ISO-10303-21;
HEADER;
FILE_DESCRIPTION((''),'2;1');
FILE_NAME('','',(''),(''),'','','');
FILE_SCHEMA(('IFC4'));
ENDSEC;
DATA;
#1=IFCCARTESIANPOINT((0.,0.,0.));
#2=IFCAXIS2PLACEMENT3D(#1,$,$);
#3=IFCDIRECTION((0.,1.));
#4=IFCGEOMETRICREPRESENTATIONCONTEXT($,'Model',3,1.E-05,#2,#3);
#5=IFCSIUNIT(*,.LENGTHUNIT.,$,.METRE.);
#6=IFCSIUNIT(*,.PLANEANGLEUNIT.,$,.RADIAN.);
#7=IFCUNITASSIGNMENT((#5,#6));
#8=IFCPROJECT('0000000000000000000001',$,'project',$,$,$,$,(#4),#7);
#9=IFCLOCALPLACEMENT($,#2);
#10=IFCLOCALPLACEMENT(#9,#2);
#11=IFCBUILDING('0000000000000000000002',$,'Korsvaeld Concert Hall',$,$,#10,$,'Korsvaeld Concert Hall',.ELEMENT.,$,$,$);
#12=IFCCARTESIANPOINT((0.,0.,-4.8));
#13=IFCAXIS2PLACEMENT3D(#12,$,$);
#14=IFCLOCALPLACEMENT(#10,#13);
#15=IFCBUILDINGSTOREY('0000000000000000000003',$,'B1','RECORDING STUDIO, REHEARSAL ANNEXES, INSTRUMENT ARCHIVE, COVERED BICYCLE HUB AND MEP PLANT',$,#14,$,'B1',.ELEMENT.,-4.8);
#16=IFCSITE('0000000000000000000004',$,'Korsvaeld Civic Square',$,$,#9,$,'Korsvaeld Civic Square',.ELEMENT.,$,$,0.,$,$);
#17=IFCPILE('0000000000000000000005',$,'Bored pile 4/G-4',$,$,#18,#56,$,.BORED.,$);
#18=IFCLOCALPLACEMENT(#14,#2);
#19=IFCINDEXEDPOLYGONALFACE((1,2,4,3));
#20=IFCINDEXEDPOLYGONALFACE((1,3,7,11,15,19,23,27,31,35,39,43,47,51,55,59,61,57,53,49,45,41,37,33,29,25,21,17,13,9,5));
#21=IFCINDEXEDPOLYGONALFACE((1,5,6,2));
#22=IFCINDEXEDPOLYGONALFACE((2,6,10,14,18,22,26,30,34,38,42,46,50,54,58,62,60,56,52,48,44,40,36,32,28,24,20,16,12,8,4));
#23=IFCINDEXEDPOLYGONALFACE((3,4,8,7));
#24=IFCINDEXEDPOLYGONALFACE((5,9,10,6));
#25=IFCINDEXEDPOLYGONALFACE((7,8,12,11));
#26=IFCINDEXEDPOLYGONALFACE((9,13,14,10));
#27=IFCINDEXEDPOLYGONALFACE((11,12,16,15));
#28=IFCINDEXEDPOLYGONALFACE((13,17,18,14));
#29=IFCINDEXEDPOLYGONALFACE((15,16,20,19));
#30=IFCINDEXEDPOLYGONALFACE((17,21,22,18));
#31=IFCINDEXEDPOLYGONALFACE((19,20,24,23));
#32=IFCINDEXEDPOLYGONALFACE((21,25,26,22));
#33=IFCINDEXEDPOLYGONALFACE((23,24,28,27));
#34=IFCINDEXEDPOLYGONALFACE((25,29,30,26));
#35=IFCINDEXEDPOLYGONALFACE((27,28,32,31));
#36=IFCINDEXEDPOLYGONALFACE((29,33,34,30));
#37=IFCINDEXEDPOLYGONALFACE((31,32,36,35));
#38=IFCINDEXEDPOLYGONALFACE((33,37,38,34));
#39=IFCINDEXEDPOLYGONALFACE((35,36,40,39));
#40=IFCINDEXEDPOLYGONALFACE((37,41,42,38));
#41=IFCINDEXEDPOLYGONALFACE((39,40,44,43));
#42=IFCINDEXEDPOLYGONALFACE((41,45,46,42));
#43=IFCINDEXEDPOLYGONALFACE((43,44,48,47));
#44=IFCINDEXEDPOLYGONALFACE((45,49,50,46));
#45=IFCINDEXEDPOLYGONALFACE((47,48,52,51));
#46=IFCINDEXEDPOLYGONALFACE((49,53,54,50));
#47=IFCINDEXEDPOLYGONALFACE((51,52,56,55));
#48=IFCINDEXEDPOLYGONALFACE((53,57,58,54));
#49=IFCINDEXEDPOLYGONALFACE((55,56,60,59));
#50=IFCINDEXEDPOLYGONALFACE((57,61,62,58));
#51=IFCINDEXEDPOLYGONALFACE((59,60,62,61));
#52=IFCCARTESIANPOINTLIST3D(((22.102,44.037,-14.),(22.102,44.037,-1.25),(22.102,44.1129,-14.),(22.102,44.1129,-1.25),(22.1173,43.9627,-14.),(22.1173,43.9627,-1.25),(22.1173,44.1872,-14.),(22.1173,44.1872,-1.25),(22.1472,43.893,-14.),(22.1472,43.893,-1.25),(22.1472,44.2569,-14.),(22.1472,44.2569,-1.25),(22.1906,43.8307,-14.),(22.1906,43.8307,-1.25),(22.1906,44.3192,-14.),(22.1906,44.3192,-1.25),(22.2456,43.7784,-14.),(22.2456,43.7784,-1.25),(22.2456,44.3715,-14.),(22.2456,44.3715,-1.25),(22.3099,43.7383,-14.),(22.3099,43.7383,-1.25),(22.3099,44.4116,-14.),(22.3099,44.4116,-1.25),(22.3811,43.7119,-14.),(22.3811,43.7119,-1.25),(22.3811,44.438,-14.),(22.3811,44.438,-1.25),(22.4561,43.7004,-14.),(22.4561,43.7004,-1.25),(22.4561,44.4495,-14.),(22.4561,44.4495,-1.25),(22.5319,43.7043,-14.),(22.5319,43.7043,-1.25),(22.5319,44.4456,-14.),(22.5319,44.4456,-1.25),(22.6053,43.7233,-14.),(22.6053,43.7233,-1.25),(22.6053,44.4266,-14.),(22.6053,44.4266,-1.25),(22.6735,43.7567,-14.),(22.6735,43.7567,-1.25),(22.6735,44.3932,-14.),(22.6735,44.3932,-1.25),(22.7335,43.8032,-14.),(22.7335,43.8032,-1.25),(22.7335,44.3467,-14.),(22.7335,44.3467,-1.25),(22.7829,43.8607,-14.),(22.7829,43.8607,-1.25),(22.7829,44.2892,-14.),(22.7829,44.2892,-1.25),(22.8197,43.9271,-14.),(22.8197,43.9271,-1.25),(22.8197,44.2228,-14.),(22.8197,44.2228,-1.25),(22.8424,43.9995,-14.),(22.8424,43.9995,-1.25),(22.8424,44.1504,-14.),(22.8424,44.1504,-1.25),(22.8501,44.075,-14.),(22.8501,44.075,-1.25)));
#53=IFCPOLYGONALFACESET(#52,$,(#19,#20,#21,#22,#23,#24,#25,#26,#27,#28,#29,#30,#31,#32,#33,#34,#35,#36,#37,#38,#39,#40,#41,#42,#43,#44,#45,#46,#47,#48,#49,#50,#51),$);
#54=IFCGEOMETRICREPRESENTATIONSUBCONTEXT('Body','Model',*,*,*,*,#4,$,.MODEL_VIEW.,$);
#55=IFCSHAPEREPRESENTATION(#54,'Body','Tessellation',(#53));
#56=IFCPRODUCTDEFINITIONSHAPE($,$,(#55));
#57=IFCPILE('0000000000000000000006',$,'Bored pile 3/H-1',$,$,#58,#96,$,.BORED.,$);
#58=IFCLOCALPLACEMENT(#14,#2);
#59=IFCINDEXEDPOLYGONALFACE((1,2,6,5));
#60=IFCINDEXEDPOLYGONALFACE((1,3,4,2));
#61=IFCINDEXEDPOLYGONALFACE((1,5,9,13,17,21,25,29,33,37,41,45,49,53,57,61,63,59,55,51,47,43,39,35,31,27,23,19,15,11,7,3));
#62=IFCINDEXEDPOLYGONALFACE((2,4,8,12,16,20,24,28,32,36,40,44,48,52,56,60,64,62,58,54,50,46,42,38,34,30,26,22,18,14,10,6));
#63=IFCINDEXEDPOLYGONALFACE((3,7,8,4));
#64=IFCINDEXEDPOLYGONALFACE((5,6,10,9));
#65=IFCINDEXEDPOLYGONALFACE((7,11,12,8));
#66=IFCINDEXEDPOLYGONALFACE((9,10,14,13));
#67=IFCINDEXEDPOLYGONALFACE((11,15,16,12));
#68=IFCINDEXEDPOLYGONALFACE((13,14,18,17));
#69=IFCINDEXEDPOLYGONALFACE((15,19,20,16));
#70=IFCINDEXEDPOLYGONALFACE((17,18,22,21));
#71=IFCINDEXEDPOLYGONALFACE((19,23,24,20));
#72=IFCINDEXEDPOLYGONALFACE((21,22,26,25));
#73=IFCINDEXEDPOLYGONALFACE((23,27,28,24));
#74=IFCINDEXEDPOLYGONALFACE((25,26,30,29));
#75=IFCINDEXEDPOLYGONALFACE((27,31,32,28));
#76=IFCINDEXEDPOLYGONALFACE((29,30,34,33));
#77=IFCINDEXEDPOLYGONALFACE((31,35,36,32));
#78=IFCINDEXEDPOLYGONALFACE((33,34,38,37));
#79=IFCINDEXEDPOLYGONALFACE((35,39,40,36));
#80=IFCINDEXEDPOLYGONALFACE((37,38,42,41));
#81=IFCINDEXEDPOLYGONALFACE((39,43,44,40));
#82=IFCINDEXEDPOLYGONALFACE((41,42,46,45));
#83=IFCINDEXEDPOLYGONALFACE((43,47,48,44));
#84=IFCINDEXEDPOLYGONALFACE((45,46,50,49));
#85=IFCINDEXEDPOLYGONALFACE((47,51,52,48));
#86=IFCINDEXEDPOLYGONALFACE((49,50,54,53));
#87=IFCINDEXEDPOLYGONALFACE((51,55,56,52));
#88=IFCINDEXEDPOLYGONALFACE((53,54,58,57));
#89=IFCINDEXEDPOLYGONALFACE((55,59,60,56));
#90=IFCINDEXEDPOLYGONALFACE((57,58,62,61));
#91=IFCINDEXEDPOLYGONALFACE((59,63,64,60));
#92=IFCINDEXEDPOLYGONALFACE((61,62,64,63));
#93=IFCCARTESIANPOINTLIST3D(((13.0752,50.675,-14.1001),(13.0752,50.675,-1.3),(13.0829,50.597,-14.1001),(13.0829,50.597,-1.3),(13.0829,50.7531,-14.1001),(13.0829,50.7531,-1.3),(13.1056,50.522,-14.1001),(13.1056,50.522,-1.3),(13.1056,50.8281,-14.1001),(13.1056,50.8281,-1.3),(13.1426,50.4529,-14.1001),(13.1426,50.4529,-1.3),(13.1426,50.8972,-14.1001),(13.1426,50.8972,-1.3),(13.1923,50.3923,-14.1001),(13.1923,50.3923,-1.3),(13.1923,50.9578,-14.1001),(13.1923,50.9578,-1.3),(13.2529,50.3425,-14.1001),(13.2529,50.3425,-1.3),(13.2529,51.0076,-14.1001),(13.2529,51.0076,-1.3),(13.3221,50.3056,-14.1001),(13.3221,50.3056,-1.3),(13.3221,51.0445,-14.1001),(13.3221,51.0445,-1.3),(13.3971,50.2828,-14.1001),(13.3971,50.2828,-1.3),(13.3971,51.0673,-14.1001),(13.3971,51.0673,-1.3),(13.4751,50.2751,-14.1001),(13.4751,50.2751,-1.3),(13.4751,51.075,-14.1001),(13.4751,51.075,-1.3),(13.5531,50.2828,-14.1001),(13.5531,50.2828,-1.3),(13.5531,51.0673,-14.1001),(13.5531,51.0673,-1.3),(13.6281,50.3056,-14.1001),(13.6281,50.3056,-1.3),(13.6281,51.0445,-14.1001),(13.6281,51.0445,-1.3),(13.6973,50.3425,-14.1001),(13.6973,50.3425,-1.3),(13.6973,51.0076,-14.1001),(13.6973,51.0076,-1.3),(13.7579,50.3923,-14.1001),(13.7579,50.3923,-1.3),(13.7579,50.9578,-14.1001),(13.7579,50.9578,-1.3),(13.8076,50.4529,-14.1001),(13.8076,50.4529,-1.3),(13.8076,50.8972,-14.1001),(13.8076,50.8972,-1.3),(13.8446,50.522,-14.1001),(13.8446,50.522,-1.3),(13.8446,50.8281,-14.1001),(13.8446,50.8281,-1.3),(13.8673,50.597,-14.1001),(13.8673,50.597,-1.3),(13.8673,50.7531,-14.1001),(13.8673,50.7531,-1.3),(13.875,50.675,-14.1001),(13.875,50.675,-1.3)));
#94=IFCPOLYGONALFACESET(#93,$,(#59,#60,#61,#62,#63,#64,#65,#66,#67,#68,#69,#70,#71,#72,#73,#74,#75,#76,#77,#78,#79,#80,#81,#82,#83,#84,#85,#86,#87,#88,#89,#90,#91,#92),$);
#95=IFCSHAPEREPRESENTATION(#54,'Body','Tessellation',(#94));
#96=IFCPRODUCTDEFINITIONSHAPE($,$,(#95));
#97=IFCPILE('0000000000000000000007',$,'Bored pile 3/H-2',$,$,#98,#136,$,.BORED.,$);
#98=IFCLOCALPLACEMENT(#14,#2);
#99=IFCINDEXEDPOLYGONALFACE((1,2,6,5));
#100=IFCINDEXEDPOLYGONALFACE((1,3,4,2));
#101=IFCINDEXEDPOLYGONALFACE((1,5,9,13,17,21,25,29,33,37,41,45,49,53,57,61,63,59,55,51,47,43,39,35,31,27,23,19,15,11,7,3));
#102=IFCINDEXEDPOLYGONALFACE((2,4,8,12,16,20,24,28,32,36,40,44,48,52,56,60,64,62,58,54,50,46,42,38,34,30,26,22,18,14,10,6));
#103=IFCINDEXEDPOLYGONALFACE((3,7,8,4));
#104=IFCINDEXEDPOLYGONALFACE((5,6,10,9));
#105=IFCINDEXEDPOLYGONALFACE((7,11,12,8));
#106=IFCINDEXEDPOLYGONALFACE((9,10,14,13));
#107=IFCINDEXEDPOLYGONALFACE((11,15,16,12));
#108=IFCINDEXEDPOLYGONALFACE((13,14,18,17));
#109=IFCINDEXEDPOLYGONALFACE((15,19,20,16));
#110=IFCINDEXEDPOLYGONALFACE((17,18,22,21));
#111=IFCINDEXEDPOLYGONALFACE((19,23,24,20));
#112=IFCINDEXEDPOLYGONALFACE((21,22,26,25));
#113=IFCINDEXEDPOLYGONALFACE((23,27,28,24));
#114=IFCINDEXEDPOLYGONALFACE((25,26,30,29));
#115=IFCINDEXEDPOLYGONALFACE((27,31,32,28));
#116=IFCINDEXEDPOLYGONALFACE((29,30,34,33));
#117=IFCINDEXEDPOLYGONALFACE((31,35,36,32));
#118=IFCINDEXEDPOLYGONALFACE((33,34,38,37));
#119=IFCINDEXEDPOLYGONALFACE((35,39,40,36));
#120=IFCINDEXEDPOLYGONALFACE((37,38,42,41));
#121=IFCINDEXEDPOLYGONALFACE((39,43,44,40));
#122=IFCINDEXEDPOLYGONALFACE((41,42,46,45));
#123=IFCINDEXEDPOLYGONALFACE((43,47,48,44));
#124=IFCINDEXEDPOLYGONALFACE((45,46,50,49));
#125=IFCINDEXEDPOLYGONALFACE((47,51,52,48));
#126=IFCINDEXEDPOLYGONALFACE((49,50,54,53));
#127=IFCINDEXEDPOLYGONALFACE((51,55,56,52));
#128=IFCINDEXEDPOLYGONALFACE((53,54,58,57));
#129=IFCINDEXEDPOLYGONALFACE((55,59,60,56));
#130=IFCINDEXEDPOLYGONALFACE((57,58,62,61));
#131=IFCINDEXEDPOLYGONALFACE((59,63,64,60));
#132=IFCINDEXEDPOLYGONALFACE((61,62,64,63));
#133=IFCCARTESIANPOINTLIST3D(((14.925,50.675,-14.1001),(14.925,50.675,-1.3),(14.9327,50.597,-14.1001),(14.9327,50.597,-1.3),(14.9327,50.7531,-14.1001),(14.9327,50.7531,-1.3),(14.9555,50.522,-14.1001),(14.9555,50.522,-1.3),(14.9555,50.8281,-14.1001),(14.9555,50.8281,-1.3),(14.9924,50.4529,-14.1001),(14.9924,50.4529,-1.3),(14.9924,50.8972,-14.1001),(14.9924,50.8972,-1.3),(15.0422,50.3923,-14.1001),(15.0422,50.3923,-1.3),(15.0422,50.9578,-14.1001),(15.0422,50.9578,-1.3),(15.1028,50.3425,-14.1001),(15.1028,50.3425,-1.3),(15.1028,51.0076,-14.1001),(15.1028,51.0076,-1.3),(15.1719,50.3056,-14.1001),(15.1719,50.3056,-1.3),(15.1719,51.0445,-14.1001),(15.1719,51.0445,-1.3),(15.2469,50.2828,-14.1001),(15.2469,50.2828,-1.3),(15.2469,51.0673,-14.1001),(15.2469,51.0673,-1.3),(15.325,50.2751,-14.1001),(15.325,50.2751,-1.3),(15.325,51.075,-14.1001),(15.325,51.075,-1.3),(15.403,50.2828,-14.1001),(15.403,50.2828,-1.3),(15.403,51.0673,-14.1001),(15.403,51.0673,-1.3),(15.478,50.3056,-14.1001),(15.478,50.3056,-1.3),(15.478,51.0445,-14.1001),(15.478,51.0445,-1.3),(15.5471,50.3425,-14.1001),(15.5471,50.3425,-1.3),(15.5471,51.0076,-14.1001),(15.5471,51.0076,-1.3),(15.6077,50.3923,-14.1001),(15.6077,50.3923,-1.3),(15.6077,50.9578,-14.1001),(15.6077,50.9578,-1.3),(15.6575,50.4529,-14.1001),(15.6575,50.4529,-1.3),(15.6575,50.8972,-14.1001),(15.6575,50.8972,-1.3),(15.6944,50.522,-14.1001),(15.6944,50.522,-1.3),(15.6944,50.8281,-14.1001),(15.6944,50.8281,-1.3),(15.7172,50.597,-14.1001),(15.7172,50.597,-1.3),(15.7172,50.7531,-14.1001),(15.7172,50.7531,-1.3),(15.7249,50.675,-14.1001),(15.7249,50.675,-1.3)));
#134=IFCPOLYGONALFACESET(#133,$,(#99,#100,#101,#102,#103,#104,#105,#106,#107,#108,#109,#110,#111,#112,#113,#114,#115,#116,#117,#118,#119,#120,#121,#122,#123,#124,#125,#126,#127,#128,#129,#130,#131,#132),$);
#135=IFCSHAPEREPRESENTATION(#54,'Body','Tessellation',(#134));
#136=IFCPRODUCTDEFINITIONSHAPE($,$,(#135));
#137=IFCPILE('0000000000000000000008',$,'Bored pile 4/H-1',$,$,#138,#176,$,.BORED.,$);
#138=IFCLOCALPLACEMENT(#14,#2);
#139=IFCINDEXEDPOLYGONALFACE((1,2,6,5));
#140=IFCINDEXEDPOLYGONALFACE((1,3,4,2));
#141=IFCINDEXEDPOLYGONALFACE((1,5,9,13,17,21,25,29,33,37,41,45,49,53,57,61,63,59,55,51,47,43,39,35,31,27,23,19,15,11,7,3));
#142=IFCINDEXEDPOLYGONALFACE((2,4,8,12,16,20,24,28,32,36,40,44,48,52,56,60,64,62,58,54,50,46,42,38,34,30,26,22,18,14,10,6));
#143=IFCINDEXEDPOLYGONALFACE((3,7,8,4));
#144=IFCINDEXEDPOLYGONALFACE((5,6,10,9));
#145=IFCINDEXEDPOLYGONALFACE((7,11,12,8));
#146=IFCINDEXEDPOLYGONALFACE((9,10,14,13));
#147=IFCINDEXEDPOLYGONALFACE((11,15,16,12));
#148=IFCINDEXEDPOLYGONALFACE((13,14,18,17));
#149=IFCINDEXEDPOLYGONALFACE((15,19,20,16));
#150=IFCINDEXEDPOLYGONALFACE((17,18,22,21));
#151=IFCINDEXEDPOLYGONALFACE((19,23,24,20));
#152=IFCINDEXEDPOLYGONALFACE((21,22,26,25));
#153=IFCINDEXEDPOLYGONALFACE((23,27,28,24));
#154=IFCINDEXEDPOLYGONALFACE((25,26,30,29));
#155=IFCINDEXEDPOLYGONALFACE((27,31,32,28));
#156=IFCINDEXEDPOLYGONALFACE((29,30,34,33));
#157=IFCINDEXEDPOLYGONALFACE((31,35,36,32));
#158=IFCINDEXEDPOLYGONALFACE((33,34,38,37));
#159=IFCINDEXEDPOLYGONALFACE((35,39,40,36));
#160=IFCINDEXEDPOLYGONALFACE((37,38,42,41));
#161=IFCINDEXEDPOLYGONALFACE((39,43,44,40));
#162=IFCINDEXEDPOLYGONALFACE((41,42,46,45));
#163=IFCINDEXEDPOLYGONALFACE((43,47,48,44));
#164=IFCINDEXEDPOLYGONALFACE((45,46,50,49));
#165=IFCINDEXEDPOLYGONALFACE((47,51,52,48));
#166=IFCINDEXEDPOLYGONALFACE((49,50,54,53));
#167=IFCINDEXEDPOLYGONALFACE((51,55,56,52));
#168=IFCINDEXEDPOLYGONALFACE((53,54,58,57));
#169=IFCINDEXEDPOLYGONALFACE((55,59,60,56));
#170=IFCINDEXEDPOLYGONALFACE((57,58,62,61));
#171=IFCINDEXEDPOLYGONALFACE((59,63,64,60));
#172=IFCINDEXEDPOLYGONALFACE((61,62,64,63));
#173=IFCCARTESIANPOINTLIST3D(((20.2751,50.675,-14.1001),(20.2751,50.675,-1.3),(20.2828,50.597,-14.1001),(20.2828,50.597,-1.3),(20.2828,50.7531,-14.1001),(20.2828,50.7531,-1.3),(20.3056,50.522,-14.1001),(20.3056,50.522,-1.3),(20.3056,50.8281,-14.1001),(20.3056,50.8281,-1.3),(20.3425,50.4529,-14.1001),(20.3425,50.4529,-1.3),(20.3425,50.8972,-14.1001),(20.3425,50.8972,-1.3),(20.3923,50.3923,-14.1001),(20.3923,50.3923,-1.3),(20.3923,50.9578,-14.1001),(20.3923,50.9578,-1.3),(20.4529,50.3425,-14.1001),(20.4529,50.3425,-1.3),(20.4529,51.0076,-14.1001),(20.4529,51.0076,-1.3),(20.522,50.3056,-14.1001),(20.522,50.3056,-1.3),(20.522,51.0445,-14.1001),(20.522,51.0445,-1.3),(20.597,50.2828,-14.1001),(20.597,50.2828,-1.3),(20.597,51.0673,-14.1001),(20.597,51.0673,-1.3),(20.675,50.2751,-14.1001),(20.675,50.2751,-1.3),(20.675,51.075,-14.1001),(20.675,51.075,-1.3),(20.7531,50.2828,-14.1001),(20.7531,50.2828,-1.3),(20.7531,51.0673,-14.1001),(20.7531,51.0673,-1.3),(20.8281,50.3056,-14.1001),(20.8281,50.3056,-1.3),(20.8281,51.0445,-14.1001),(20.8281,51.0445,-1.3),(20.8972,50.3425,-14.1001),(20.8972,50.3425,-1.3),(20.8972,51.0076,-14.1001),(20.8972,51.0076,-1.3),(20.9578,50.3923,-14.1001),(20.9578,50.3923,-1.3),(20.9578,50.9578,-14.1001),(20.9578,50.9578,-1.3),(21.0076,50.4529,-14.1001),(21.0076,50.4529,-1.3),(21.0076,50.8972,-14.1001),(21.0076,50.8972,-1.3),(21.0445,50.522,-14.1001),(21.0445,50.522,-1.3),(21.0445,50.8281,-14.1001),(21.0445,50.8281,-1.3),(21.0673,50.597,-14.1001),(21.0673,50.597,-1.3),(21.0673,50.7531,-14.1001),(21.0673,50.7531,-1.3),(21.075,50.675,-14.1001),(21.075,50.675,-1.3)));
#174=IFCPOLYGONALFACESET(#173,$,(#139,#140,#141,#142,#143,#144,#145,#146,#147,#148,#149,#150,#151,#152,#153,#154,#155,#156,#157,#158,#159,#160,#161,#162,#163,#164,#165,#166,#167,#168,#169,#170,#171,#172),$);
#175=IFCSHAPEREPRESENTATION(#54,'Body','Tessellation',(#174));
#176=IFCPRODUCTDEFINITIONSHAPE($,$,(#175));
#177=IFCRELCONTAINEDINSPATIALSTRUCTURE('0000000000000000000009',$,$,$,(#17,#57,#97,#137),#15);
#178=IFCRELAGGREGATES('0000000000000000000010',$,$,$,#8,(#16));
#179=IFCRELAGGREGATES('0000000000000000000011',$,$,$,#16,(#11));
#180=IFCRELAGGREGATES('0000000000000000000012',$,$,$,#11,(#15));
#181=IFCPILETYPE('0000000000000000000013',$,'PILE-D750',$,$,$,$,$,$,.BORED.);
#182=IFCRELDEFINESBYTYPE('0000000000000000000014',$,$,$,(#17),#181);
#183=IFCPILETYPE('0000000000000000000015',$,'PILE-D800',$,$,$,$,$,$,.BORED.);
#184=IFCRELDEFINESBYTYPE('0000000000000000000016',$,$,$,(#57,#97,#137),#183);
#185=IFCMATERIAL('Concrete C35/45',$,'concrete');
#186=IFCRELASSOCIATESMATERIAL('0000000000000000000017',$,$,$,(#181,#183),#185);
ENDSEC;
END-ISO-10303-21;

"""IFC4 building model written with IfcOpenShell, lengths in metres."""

from ifc_helpers import new_model, si_unit, direction, frame, origin, origin_2d, place, context, subcontext, project, spatial, circle, extrude, material, material_profile, profile_set, type_object, element, save


model = new_model("IFC4")

# Units and contexts
model_context = context("Model", 3, precision=1e-05, world=origin(), true_north=direction((0.0, 1.0)))
body_context = subcontext(model_context, "Body", "Model", "MODEL_VIEW")
ifc_project = project(units=[si_unit("LENGTHUNIT", "METRE"), si_unit("PLANEANGLEUNIT", "RADIAN")], contexts=[model_context])

# Site, building, storey
site_placement = place(None, origin())
site = spatial("IfcSite", under=ifc_project, at=site_placement, Name="Korsvaeld Civic Square", LongName="Korsvaeld Civic Square", CompositionType="ELEMENT", RefElevation=0.0)
building_placement = place(site_placement, origin())
building = spatial("IfcBuilding", under=site, at=building_placement, Name="Korsvaeld Concert Hall", LongName="Korsvaeld Concert Hall", CompositionType="ELEMENT")
storey_placement = place(building_placement, frame((0.0, 0.0, -4.8)))
storey = spatial("IfcBuildingStorey", under=building, at=storey_placement, Name="B1", Description="RECORDING STUDIO, REHEARSAL ANNEXES, INSTRUMENT ARCHIVE, COVERED BICYCLE HUB AND MEP PLANT", LongName="B1", CompositionType="ELEMENT", Elevation=-4.8)

# Shared definitions
ifc_material_1 = material(Name="Concrete C35/45", Category="concrete")

# Piles
ifc_material_profile_1 = material_profile(ifc_material_1, circle(Radius=0.375, at=origin_2d()), Name="BORED PILE D750")
ifc_profile_set_1 = profile_set([ifc_material_profile_1], Name="Concrete C35/45")
pile_type_1 = type_object("IfcPileType", Name="PILE-D750", PredefinedType="BORED", material=ifc_profile_set_1)
for number, where, z_axis, x_axis, name in (
    (1, (22.4751, 44.075, -1.25), (0.0, 0.0, -1.0), (1.0, 0.0, 0.0), "Bored pile 4/G-4"),
):
    element("IfcPile", number, at=place(storey_placement, frame(where, z_axis=z_axis, x_axis=x_axis)), inside=storey, type_object=pile_type_1, Name=name, PredefinedType="BORED", context=body_context, shape_type="SweptSolid", body=[
        extrude(circle(Radius=0.375, at=origin_2d()), origin(), (0.0, 0.0, 1.0), 12.75),
    ])
ifc_material_profile_2 = material_profile(ifc_material_1, circle(Radius=0.3999, at=origin_2d()), Name="BORED PILE D800")
ifc_profile_set_2 = profile_set([ifc_material_profile_2], Name="Concrete C35/45")
pile_type_2 = type_object("IfcPileType", Name="PILE-D800", PredefinedType="BORED", material=ifc_profile_set_2)
for number, where, z_axis, x_axis, name in (
    (2, (13.4751, 50.675, -1.3), (0.0, 0.0, -1.0), (1.0, 0.0, 0.0), "Bored pile 3/H-1"),
    (3, (15.325, 50.675, -1.3), (0.0, 0.0, -1.0), (1.0, 0.0, 0.0), "Bored pile 3/H-2"),
    (4, (20.675, 50.675, -1.3), (0.0, 0.0, -1.0), (1.0, 0.0, 0.0), "Bored pile 4/H-1"),
):
    element("IfcPile", number, at=place(storey_placement, frame(where, z_axis=z_axis, x_axis=x_axis)), inside=storey, type_object=pile_type_2, Name=name, PredefinedType="BORED", context=body_context, shape_type="SweptSolid", body=[
        extrude(circle(Radius=0.3999, at=origin_2d()), origin(), (0.0, 0.0, 1.0), 12.8),
    ])

save(model, "model.ifc")
